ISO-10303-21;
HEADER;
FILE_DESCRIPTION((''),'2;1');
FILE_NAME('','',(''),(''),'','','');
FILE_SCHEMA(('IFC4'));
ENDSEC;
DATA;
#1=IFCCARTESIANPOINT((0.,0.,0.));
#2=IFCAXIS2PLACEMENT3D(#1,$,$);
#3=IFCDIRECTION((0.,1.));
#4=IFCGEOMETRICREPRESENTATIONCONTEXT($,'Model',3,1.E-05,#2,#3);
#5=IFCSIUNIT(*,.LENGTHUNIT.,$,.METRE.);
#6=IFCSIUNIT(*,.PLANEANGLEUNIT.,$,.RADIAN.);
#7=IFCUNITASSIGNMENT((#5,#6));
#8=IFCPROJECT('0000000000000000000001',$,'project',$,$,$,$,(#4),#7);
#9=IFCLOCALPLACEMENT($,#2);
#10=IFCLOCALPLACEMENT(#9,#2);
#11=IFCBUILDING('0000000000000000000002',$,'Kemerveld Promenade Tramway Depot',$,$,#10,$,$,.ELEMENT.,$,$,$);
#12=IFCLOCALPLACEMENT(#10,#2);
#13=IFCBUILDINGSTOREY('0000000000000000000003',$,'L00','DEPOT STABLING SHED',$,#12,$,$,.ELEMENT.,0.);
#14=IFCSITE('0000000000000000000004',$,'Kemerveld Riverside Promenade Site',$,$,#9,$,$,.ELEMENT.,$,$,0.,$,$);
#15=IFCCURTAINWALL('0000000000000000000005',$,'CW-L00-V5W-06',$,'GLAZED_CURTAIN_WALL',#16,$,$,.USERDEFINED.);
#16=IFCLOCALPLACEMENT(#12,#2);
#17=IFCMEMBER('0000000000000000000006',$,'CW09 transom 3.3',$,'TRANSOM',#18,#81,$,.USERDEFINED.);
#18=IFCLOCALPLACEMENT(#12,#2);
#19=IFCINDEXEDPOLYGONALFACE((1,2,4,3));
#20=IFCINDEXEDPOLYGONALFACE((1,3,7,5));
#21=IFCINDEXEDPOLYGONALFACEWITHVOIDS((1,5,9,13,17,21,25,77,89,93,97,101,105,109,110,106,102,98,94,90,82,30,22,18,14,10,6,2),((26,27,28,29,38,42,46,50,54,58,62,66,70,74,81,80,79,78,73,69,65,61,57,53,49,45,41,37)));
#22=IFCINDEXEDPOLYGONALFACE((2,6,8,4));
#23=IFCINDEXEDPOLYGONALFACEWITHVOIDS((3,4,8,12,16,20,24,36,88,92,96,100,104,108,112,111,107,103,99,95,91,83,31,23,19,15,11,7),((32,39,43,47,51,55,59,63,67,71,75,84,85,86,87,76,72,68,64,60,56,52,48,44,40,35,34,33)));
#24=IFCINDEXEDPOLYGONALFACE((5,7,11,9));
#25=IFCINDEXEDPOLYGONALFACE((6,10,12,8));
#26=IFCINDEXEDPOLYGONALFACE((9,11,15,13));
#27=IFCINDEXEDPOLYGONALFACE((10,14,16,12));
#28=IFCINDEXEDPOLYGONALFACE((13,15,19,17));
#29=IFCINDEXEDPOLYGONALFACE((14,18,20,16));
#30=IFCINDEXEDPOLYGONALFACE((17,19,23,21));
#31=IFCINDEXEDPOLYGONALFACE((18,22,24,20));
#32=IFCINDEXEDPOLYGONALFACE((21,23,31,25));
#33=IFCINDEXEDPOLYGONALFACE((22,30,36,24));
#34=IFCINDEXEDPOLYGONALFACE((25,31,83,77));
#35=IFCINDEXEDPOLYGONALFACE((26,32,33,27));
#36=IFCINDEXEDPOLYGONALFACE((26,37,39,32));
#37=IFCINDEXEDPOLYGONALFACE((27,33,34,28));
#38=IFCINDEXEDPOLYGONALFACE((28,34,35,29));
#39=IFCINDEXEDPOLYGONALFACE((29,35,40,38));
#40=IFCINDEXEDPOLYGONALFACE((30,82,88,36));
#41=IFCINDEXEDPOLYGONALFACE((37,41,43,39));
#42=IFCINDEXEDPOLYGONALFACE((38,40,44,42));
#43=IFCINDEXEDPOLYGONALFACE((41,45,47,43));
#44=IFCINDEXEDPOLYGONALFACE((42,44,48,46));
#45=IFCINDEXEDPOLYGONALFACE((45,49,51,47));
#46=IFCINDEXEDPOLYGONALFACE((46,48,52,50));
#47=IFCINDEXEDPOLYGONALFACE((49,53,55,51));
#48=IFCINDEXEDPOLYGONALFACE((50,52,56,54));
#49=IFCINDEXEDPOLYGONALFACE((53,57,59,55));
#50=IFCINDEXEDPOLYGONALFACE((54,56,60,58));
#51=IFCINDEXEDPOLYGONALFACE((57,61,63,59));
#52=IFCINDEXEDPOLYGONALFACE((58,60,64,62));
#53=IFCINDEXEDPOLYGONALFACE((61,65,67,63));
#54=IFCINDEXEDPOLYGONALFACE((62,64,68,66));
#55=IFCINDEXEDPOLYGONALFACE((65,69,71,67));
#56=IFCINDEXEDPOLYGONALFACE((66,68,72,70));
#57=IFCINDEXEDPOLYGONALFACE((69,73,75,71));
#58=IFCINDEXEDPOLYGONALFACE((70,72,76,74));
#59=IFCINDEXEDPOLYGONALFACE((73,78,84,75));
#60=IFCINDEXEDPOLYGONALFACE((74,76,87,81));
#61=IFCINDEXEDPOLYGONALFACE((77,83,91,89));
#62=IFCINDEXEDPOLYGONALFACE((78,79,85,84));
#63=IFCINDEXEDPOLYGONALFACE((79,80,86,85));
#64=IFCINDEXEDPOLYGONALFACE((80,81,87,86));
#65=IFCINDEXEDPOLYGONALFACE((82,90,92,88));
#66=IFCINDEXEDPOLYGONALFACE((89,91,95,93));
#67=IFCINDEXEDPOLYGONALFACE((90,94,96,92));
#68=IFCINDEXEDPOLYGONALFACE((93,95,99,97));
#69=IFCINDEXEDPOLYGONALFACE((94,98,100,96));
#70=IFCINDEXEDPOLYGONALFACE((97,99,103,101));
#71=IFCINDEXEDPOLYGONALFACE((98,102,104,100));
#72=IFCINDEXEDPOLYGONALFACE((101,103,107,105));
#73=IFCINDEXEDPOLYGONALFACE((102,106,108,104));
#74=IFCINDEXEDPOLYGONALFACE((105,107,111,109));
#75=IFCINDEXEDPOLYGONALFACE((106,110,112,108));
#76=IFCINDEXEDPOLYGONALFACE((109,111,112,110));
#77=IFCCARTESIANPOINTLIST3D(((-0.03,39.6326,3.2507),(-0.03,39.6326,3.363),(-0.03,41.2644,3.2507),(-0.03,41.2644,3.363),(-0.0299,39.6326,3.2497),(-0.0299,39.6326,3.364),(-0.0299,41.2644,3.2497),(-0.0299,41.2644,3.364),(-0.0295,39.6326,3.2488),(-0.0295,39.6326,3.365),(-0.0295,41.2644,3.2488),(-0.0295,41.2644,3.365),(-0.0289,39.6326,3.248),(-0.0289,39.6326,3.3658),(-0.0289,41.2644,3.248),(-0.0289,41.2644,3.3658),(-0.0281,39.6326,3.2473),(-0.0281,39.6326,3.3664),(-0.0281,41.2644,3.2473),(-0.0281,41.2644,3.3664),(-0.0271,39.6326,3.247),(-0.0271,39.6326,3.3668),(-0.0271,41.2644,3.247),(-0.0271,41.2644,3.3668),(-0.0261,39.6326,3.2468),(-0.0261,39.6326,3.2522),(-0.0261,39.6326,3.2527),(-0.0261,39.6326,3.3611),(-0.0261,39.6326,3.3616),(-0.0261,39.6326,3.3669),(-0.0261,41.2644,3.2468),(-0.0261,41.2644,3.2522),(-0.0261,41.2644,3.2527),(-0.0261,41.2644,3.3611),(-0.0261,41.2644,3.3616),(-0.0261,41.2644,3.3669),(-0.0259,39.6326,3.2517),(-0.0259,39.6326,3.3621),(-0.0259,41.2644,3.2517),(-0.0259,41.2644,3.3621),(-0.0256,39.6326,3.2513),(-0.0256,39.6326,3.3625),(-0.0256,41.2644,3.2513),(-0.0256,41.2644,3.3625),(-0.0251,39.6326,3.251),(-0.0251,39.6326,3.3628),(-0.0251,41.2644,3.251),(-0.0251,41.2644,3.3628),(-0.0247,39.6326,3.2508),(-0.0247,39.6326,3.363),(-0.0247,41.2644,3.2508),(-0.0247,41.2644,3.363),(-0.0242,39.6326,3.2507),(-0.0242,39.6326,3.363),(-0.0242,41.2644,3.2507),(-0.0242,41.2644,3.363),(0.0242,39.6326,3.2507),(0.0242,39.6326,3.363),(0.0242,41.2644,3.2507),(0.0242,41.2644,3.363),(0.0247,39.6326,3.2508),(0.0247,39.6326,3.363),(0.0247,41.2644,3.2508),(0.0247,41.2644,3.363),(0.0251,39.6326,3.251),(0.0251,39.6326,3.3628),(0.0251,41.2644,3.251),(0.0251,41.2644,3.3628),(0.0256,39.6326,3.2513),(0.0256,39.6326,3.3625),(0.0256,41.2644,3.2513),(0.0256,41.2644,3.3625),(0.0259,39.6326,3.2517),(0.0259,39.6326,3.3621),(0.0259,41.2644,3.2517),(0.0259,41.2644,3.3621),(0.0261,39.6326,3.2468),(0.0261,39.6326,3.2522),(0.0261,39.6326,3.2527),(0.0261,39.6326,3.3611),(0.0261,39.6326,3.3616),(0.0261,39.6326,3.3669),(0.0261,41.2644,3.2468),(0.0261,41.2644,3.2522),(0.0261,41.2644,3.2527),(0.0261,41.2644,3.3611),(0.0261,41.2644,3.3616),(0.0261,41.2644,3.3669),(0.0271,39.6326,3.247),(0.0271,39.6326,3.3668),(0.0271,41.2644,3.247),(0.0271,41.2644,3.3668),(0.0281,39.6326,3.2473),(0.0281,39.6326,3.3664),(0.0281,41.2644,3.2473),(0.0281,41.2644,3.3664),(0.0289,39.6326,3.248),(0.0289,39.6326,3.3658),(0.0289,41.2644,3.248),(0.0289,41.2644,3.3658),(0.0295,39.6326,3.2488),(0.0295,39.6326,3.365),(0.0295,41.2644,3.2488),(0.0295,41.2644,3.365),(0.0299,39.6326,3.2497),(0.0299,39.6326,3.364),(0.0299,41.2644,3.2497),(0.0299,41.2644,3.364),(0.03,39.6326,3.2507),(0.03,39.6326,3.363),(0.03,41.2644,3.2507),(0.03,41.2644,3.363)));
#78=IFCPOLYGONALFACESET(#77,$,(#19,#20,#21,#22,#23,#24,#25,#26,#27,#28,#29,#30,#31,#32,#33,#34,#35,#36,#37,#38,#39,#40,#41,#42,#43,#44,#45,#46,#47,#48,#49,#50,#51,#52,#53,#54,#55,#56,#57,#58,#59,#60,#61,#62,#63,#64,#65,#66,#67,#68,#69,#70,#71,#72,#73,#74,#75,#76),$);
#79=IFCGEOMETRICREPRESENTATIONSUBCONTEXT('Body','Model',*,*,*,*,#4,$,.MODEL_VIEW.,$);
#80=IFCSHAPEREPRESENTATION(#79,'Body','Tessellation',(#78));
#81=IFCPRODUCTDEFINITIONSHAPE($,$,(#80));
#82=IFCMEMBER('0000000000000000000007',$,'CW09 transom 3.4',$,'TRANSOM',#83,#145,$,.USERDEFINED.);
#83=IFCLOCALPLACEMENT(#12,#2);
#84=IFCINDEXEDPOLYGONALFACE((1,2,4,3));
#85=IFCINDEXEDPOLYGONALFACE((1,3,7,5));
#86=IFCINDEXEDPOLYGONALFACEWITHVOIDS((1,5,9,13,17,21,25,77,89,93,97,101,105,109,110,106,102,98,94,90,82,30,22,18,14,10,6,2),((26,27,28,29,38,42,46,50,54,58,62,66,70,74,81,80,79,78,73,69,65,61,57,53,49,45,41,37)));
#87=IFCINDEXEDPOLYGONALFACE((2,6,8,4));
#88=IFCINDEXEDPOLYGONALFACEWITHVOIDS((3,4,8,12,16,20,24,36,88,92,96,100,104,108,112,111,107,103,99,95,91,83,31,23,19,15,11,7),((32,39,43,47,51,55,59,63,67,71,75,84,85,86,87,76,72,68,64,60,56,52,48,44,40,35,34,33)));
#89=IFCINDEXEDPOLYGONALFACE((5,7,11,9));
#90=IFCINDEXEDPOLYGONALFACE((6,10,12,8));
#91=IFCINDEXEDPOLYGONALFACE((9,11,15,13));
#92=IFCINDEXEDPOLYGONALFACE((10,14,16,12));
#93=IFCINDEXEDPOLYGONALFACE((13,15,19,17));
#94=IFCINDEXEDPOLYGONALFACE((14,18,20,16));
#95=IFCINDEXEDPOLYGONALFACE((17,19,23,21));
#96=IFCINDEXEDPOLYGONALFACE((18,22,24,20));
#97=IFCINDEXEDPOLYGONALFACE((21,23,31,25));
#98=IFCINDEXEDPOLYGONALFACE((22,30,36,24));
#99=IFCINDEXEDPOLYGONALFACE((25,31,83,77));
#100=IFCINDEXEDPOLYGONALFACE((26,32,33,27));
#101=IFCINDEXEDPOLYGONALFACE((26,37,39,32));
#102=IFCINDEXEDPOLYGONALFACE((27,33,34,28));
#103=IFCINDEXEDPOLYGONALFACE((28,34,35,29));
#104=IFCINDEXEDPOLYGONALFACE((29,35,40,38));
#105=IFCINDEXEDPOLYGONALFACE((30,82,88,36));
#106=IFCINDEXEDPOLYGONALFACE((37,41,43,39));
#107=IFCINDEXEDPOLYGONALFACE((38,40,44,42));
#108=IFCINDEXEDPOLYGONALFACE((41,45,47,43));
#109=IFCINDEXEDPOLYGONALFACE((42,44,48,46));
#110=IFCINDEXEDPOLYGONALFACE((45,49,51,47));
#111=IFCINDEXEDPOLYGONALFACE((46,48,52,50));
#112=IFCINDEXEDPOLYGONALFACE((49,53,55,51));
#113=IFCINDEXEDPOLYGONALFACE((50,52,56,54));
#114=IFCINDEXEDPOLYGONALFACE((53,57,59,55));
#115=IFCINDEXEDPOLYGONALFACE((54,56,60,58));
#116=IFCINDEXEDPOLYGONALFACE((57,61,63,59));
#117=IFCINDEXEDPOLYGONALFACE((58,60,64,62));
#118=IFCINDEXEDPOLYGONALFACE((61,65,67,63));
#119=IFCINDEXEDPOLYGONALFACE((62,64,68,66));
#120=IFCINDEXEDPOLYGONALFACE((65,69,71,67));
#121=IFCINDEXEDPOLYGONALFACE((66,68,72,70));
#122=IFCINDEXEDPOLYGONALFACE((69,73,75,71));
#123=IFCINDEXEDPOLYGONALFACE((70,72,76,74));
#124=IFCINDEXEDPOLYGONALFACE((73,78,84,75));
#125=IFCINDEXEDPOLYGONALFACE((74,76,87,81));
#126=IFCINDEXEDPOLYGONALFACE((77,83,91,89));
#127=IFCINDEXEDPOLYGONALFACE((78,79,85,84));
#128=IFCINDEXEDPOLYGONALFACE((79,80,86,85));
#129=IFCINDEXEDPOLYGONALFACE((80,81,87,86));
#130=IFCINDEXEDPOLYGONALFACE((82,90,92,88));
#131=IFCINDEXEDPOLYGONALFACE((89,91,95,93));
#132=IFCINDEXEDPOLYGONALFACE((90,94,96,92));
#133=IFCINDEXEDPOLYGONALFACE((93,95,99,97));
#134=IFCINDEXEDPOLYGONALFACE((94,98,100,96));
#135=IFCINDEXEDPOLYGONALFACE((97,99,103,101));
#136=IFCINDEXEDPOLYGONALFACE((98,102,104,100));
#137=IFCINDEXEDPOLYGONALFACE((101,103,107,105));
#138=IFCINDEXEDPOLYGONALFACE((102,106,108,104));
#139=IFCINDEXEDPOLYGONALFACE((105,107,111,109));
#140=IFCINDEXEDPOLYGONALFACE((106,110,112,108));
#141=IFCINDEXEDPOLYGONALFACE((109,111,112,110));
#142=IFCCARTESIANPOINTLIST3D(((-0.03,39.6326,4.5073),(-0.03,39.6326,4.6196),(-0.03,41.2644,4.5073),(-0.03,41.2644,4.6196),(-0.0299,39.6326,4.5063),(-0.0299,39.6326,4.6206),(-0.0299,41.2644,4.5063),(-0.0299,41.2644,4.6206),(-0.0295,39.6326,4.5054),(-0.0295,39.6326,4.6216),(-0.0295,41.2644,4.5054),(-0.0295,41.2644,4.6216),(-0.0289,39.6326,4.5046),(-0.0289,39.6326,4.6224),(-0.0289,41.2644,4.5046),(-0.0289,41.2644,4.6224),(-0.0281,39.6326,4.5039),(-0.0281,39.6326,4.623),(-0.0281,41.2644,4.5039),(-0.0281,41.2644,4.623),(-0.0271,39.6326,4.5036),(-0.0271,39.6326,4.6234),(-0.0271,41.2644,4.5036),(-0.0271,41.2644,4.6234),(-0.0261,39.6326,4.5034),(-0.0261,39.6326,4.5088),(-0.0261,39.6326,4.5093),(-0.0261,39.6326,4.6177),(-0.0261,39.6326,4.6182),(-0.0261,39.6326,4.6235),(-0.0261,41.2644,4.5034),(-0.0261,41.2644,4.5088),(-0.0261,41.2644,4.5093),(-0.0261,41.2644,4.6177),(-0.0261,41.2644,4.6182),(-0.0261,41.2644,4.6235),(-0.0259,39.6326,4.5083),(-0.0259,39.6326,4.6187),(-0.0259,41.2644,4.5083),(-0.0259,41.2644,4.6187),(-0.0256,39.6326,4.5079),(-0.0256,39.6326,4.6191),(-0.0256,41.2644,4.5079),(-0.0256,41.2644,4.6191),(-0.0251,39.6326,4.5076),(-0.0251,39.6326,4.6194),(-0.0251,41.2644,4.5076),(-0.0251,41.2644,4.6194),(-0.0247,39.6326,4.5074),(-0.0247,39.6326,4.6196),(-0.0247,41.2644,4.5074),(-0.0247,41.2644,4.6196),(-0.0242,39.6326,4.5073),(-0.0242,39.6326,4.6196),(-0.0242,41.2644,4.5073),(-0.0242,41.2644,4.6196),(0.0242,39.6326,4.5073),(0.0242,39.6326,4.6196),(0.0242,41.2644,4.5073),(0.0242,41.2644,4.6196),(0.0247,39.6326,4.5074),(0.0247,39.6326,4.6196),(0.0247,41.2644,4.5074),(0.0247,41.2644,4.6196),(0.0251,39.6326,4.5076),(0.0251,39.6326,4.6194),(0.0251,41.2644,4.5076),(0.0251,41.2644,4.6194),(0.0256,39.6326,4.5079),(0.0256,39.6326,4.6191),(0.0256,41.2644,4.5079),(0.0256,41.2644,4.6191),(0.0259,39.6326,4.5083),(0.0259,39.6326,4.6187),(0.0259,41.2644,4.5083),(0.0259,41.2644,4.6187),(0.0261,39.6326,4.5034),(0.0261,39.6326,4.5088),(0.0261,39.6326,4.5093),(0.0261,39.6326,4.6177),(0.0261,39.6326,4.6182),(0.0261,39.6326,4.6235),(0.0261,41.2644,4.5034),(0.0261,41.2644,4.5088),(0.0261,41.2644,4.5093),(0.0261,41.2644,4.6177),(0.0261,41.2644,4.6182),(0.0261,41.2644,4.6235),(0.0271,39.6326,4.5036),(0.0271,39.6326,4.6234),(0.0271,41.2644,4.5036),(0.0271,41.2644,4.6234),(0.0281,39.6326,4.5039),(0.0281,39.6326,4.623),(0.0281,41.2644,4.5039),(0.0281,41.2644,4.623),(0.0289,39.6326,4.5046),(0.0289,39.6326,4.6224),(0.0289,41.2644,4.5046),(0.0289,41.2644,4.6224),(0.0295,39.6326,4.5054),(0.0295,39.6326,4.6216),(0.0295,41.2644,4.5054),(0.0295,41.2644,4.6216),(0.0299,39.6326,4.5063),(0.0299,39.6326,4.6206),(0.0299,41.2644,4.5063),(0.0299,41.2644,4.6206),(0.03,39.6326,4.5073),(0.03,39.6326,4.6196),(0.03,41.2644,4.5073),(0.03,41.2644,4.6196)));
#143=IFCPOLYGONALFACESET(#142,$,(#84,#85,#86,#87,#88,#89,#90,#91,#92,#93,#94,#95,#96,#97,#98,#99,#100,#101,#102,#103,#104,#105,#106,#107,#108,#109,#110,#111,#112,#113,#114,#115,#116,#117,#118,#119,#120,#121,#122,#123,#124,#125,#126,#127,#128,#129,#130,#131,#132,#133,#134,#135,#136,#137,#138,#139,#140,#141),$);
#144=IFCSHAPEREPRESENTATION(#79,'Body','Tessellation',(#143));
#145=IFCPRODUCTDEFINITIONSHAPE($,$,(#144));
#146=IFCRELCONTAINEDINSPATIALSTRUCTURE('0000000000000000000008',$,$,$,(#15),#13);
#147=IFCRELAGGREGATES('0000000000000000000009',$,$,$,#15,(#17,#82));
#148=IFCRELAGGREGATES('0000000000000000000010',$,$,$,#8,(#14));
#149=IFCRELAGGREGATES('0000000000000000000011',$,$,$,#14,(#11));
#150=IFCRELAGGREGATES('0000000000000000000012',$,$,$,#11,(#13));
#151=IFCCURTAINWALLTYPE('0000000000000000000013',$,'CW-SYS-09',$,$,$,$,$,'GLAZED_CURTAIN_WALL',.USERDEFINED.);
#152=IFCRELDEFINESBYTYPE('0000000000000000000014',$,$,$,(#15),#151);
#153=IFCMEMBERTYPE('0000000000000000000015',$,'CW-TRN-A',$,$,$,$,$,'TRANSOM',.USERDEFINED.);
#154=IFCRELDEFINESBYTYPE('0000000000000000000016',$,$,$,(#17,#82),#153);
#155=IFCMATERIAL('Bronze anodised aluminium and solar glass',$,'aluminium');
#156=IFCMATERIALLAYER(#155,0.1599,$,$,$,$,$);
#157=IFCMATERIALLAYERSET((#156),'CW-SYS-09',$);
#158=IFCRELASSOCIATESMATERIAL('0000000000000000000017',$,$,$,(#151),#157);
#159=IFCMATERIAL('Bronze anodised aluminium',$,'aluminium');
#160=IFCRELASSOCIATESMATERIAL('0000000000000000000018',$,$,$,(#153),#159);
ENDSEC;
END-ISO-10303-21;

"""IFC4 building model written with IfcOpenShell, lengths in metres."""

from ifc_helpers import new_model, si_unit, direction, frame, origin, origin_2d, place, context, subcontext, project, spatial, hollow_rectangle, extrude, material, layer, layer_set, material_profile, profile_set, type_object, element, aggregate, save


model = new_model("IFC4")

# Units and contexts
model_context = context("Model", 3, precision=1e-05, world=origin(), true_north=direction((0.0, 1.0)))
body_context = subcontext(model_context, "Body", "Model", "MODEL_VIEW")
ifc_project = project(units=[si_unit("LENGTHUNIT", "METRE"), si_unit("PLANEANGLEUNIT", "RADIAN")], contexts=[model_context])

# Site, building, storey
site_placement = place(None, origin())
site = spatial("IfcSite", under=ifc_project, at=site_placement, Name="Kemerveld Riverside Promenade Site", CompositionType="ELEMENT", RefElevation=0.0)
building_placement = place(site_placement, origin())
building = spatial("IfcBuilding", under=site, at=building_placement, Name="Kemerveld Promenade Tramway Depot", CompositionType="ELEMENT")
storey_placement = place(building_placement, origin())
storey = spatial("IfcBuildingStorey", under=building, at=storey_placement, Name="L00", Description="DEPOT STABLING SHED", CompositionType="ELEMENT", Elevation=0.0)

# Curtain wall, members
ifc_material_1 = material(Name="Bronze anodised aluminium and solar glass", Category="aluminium")
ifc_layer_1 = layer(ifc_material_1, 0.1599)
ifc_layer_set_1 = layer_set([ifc_layer_1], Name="CW-SYS-09")
curtain_wall_type = type_object("IfcCurtainWallType", Name="CW-SYS-09", ElementType="GLAZED_CURTAIN_WALL", PredefinedType="USERDEFINED", material=ifc_layer_set_1)
curtain_wall_placement = place(storey_placement, origin())
curtain_wall = element("IfcCurtainWall", 1, at=curtain_wall_placement, inside=storey, type_object=curtain_wall_type, Name="CW-L00-V5W-06", ObjectType="GLAZED_CURTAIN_WALL", PredefinedType="USERDEFINED")
ifc_material_2 = material(Name="Bronze anodised aluminium", Category="aluminium")
ifc_material_profile_1 = material_profile(ifc_material_2, hollow_rectangle(XDim=0.0601, YDim=0.1201, WallThickness=0.0039, InnerFilletRadius=0.002, OuterFilletRadius=0.0039, at=origin_2d()), Name="CW-TRN-120x60")
ifc_profile_set_1 = profile_set([ifc_material_profile_1], Name="Bronze anodised aluminium")
member_type_1 = type_object("IfcMemberType", Name="CW-TRN-A", ElementType="TRANSOM", PredefinedType="USERDEFINED", material=ifc_profile_set_1)
member_1_placement = place(storey_placement, frame((0.0, 39.6326, 3.3069), z_axis=(0.0, 1.0, 0.0), x_axis=(-1.0, 0.0, 0.0)))
member_1 = element("IfcMember", 2, at=member_1_placement, type_object=member_type_1, Name="CW09 transom 3.3", ObjectType="TRANSOM", PredefinedType="USERDEFINED", context=body_context, shape_type="SweptSolid", body=[
    extrude(hollow_rectangle(XDim=0.0601, YDim=0.1201, WallThickness=0.0039, InnerFilletRadius=0.002, OuterFilletRadius=0.0039, at=origin_2d()), origin(), (0.0, 0.0, 1.0), 1.6318),
])
member_2_placement = place(storey_placement, frame((0.0, 39.6326, 4.5635), z_axis=(0.0, 1.0, 0.0), x_axis=(-1.0, 0.0, 0.0)))
member_2 = element("IfcMember", 3, at=member_2_placement, type_object=member_type_1, Name="CW09 transom 3.4", ObjectType="TRANSOM", PredefinedType="USERDEFINED", context=body_context, shape_type="SweptSolid", body=[
    extrude(hollow_rectangle(XDim=0.0601, YDim=0.1201, WallThickness=0.0039, InnerFilletRadius=0.002, OuterFilletRadius=0.0039, at=origin_2d()), origin(), (0.0, 0.0, 1.0), 1.6318),
])
aggregate(curtain_wall, [member_1, member_2])

save(model, "model.ifc")
